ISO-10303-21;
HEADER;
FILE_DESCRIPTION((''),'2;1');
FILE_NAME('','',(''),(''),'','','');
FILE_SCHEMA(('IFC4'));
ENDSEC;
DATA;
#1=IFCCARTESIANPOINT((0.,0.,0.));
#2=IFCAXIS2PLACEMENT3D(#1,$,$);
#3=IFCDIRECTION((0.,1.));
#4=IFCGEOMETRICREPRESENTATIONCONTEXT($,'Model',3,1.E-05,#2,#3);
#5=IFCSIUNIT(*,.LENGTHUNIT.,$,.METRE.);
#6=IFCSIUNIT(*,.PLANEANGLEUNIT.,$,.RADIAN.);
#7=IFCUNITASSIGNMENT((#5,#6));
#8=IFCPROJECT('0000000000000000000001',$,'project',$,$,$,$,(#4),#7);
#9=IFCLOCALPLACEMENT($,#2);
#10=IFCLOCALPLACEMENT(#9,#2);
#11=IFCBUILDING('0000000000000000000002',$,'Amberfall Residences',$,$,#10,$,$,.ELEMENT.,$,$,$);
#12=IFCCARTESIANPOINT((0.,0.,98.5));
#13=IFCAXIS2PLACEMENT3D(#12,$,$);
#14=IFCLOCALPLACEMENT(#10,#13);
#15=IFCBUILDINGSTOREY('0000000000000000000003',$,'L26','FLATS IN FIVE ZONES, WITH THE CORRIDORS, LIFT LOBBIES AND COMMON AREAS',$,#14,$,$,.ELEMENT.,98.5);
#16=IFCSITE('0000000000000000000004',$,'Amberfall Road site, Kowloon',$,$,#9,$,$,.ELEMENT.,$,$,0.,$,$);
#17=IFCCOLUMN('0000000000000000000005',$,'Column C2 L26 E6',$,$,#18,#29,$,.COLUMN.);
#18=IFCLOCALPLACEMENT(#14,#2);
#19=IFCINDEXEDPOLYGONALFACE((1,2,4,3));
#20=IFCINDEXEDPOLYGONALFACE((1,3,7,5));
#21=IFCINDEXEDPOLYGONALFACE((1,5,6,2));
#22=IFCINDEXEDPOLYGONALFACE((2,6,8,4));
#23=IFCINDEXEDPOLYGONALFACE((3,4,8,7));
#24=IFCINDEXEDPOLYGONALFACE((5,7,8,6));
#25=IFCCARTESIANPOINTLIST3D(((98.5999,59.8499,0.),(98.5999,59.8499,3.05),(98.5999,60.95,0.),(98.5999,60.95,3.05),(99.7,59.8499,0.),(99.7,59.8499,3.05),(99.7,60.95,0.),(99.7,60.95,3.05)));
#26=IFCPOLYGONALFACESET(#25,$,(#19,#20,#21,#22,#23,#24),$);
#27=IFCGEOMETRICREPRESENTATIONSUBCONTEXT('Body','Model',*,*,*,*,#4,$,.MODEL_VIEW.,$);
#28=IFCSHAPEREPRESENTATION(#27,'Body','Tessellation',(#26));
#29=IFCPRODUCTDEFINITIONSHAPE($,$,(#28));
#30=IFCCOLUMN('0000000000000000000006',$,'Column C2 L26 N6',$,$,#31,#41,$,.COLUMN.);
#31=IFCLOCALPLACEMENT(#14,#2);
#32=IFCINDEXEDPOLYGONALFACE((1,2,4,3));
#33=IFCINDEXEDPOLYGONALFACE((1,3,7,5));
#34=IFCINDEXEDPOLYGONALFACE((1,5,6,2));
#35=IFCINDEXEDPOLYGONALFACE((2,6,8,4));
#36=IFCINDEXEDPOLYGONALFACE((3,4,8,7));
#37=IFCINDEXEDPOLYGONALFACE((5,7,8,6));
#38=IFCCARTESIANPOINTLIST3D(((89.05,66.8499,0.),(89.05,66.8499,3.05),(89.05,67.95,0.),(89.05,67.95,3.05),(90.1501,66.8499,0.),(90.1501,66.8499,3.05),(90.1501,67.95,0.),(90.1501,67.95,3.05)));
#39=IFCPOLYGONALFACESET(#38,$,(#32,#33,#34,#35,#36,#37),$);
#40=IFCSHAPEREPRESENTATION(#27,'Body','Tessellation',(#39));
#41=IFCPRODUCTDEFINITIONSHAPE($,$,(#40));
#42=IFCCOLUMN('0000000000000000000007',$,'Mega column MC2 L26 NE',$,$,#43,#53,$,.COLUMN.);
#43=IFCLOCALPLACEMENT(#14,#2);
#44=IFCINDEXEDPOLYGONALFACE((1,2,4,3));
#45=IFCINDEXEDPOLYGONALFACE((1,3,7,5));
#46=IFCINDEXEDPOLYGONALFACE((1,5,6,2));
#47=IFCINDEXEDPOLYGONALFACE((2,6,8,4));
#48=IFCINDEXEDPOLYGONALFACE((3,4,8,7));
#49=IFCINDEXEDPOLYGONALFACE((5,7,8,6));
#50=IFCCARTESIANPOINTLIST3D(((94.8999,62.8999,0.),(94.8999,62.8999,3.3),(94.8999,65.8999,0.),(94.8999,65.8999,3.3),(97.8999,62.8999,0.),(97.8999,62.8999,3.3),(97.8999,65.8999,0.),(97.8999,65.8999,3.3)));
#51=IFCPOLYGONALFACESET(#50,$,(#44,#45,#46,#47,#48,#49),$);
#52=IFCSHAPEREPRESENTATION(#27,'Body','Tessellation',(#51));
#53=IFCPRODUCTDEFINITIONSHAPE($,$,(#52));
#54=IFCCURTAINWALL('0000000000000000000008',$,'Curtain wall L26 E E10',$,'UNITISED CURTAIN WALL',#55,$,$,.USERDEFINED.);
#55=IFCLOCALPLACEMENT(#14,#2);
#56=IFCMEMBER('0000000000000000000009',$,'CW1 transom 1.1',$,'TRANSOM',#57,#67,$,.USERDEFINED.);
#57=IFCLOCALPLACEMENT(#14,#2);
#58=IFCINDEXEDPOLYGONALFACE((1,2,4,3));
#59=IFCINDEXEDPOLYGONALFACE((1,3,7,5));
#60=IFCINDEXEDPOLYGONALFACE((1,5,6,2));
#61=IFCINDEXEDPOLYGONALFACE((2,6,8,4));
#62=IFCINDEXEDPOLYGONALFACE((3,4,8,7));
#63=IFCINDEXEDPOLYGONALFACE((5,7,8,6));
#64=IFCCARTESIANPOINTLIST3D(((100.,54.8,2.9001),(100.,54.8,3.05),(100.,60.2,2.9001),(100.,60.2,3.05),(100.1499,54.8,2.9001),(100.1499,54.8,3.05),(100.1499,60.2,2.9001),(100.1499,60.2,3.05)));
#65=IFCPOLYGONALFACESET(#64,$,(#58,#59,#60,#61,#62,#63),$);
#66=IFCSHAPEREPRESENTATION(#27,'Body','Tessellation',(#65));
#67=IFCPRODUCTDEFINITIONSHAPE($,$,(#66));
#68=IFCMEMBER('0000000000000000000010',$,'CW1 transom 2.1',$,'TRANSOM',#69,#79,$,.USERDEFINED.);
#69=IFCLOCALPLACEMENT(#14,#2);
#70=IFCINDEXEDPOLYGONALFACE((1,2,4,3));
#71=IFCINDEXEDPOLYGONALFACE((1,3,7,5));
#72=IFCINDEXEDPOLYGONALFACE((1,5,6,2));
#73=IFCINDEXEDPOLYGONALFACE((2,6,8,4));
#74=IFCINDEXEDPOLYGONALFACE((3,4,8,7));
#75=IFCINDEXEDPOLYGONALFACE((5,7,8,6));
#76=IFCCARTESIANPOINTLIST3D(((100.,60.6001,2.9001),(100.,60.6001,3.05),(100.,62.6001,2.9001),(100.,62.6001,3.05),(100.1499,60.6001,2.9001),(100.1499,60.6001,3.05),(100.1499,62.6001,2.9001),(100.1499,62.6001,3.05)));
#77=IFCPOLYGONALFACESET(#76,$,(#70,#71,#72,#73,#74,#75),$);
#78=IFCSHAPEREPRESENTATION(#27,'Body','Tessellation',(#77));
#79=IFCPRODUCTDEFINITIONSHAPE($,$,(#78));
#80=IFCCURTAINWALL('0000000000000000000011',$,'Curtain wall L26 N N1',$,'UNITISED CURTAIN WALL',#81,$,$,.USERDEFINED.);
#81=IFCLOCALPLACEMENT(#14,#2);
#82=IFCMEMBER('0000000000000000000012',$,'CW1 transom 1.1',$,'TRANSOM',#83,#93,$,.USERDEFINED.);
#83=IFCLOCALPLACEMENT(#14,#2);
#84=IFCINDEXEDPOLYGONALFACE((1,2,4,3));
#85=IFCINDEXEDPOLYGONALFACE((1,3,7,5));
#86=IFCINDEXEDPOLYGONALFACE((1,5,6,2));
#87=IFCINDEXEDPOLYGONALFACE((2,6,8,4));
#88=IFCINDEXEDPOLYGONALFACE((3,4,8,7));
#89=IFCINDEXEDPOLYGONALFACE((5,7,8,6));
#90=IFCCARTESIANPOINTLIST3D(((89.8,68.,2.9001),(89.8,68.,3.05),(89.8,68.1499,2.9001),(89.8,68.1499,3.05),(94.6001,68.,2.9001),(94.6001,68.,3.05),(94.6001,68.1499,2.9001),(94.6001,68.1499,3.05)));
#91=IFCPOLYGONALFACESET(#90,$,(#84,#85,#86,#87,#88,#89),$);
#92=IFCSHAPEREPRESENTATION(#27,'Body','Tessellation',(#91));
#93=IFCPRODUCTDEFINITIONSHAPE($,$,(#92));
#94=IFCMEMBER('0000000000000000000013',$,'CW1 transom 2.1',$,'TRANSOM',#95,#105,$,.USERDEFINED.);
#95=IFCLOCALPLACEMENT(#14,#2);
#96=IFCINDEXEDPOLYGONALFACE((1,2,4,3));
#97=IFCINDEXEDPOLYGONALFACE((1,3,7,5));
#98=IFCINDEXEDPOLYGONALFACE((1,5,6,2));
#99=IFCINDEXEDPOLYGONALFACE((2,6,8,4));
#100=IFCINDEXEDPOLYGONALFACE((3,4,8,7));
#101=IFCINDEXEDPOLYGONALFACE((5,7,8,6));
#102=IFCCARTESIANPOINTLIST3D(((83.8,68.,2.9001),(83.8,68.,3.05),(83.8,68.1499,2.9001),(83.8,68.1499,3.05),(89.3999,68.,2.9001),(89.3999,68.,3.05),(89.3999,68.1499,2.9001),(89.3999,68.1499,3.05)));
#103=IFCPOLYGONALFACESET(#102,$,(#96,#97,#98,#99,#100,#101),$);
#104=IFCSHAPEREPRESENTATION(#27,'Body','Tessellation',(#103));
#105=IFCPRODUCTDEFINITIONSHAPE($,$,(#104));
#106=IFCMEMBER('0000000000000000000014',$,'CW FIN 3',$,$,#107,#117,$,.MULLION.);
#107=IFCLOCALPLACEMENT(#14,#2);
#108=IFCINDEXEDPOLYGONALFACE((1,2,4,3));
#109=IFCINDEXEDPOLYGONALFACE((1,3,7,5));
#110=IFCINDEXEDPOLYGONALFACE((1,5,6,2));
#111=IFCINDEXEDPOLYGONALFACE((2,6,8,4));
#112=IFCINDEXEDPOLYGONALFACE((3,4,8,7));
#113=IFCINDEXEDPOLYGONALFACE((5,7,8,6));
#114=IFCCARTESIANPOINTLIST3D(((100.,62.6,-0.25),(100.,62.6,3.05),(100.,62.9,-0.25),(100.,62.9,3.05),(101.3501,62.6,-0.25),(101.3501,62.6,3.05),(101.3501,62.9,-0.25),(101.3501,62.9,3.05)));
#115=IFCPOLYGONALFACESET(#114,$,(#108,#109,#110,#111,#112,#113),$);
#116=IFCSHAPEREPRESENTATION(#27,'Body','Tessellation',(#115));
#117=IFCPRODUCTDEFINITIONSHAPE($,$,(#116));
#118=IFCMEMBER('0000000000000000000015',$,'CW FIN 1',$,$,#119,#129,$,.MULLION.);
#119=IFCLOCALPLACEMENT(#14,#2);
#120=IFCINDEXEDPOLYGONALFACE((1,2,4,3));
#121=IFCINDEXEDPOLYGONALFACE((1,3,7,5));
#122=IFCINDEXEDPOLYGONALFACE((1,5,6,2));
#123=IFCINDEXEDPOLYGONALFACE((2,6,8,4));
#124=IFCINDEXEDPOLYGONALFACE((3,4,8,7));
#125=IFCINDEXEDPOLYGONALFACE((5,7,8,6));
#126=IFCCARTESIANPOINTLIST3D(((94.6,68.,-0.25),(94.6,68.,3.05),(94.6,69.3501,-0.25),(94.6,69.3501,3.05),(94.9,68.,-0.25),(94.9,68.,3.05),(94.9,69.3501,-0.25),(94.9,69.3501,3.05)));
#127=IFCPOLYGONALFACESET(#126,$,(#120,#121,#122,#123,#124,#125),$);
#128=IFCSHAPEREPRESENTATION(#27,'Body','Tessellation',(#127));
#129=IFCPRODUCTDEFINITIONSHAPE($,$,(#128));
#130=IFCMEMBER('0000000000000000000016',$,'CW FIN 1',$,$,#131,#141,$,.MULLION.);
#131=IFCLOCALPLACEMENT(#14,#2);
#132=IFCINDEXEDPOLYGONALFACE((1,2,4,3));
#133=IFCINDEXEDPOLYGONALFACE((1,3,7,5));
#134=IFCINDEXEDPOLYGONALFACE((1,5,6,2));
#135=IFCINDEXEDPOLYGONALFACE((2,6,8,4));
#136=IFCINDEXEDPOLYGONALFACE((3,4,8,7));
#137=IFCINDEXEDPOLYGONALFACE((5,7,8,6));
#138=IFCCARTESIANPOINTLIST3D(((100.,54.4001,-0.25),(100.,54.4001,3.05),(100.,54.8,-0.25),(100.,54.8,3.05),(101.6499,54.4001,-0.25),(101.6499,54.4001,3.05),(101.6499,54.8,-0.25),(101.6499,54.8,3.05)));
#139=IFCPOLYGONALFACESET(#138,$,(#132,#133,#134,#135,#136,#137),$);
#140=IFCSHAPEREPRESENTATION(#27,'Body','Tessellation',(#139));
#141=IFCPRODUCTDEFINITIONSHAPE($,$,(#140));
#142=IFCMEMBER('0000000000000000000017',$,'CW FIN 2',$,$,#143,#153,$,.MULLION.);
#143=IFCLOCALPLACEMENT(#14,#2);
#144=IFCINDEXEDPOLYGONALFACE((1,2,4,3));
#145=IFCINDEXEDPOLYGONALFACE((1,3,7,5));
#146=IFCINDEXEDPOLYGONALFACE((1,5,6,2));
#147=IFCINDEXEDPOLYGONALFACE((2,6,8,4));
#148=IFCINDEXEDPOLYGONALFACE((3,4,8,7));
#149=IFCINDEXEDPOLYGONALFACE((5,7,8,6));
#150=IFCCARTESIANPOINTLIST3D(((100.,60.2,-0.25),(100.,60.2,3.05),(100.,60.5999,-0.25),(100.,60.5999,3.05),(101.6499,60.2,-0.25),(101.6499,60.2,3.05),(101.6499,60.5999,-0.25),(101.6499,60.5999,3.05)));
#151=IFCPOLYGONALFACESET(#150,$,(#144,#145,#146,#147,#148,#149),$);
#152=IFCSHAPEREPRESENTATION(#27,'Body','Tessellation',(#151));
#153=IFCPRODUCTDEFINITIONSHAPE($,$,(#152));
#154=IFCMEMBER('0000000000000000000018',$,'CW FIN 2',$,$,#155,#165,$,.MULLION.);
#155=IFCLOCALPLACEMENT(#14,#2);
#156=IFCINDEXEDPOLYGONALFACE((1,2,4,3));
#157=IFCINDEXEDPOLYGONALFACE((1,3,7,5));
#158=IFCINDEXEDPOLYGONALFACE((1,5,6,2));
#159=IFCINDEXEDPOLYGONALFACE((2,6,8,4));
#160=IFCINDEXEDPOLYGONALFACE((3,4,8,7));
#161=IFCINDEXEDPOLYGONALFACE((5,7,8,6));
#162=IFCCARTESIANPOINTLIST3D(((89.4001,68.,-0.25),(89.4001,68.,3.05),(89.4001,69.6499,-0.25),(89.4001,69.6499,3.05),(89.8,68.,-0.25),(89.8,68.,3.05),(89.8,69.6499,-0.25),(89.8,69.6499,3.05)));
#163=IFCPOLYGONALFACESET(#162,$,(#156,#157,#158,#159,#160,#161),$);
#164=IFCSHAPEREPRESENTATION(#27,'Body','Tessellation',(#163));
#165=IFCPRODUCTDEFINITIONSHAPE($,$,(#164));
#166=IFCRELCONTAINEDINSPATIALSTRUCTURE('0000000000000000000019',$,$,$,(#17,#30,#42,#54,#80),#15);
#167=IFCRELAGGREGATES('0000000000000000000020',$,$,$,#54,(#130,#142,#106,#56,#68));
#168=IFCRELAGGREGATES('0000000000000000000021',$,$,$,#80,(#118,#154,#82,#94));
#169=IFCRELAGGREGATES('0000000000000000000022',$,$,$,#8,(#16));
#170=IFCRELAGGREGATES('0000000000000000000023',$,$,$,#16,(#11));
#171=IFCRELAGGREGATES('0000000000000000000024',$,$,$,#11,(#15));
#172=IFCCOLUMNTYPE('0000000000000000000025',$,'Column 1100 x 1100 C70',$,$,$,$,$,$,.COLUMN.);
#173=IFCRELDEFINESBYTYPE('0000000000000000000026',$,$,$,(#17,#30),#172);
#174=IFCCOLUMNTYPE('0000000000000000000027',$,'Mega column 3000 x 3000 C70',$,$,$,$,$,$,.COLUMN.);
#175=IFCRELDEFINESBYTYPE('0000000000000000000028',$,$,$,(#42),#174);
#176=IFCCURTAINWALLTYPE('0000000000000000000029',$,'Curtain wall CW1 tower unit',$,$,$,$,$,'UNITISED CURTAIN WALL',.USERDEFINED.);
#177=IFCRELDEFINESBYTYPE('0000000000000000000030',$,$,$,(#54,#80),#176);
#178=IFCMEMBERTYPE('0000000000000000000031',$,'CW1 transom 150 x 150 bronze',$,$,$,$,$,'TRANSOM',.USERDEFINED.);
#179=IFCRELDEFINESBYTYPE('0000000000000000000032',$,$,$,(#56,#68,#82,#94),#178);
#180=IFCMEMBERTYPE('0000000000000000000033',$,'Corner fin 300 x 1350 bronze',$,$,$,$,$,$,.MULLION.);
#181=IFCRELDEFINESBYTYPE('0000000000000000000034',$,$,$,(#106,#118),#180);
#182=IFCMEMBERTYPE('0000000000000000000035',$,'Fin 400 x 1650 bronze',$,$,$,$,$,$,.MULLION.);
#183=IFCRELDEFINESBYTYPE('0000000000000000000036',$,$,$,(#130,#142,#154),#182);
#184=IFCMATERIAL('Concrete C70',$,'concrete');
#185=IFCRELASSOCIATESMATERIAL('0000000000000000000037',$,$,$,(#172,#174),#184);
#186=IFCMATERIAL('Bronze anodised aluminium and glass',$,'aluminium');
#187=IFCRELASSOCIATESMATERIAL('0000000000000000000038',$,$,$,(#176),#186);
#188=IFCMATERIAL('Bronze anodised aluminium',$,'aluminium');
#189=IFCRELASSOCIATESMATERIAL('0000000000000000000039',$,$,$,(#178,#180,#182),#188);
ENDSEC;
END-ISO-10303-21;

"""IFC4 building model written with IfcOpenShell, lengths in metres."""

from ifc_helpers import new_model, si_unit, direction, frame, origin, origin_2d, place, context, subcontext, project, spatial, rectangle, extrude, material, material_profile, profile_set, type_object, element, aggregate, save


model = new_model("IFC4")

# Units and contexts
model_context = context("Model", 3, precision=1e-05, world=origin(), true_north=direction((0.0, 1.0)))
body_context = subcontext(model_context, "Body", "Model", "MODEL_VIEW")
ifc_project = project(units=[si_unit("LENGTHUNIT", "METRE"), si_unit("PLANEANGLEUNIT", "RADIAN")], contexts=[model_context])

# Site, building, storey
site_placement = place(None, origin())
site = spatial("IfcSite", under=ifc_project, at=site_placement, Name="Amberfall Road site, Kowloon", CompositionType="ELEMENT", RefElevation=0.0)
building_placement = place(site_placement, origin())
building = spatial("IfcBuilding", under=site, at=building_placement, Name="Amberfall Residences", CompositionType="ELEMENT")
storey_placement = place(building_placement, frame((0.0, 0.0, 98.5)))
storey = spatial("IfcBuildingStorey", under=building, at=storey_placement, Name="L26", Description="FLATS IN FIVE ZONES, WITH THE CORRIDORS, LIFT LOBBIES AND COMMON AREAS", CompositionType="ELEMENT", Elevation=98.5)

# Columns
ifc_material_1 = material(Name="Concrete C70", Category="concrete")
ifc_material_profile_1 = material_profile(ifc_material_1, rectangle(XDim=1.1001, YDim=1.1001, at=origin_2d()), Name="Column 1100 x 1100 C70")
ifc_profile_set_1 = profile_set([ifc_material_profile_1], Name="Concrete C70")
column_type_1 = type_object("IfcColumnType", Name="Column 1100 x 1100 C70", PredefinedType="COLUMN", material=ifc_profile_set_1)
for number, where, z_axis, x_axis, name in (
    (1, (99.1499, 60.3999, 0.0), (0.0, 0.0, 1.0), (1.0, 0.0, 0.0), "Column C2 L26 E6"),
    (2, (89.6001, 67.3999, 0.0), (0.0, 0.0, 1.0), (1.0, 0.0, 0.0), "Column C2 L26 N6"),
):
    element("IfcColumn", number, at=place(storey_placement, frame(where, z_axis=z_axis, x_axis=x_axis)), inside=storey, type_object=column_type_1, Name=name, PredefinedType="COLUMN", context=body_context, shape_type="SweptSolid", body=[
        extrude(rectangle(XDim=1.1001, YDim=1.1001, at=origin_2d()), origin(), (0.0, 0.0, 1.0), 3.05),
    ])
ifc_material_profile_2 = material_profile(ifc_material_1, rectangle(XDim=3.0, YDim=3.0, at=origin_2d()), Name="Mega column 3000 x 3000 C70")
ifc_profile_set_2 = profile_set([ifc_material_profile_2], Name="Concrete C70")
column_type_2 = type_object("IfcColumnType", Name="Mega column 3000 x 3000 C70", PredefinedType="COLUMN", material=ifc_profile_set_2)
column_placement = place(storey_placement, frame((96.3999, 64.3999, 0.0), z_axis=(0.0, 0.0, 1.0), x_axis=(1.0, 0.0, 0.0)))
element("IfcColumn", 3, at=column_placement, inside=storey, type_object=column_type_2, Name="Mega column MC2 L26 NE", PredefinedType="COLUMN", context=body_context, shape_type="SweptSolid", body=[
    extrude(rectangle(XDim=3.0, YDim=3.0, at=origin_2d()), origin(), (0.0, 0.0, 1.0), 3.3),
])

# Curtain walls, members
ifc_material_2 = material(Name="Bronze anodised aluminium and glass", Category="aluminium")
curtain_wall_type = type_object("IfcCurtainWallType", Name="Curtain wall CW1 tower unit", ElementType="UNITISED CURTAIN WALL", PredefinedType="USERDEFINED", material=ifc_material_2)
curtain_wall_1_placement = place(storey_placement, origin())
curtain_wall_1 = element("IfcCurtainWall", 4, at=curtain_wall_1_placement, inside=storey, type_object=curtain_wall_type, Name="Curtain wall L26 E E10", ObjectType="UNITISED CURTAIN WALL", PredefinedType="USERDEFINED")
ifc_material_3 = material(Name="Bronze anodised aluminium", Category="aluminium")
ifc_material_profile_3 = material_profile(ifc_material_3, rectangle(XDim=0.1499, YDim=0.1499, at=origin_2d()), Name="CW1 transom 150 x 150 bronze")
ifc_profile_set_3 = profile_set([ifc_material_profile_3], Name="Bronze anodised aluminium")
member_type_1 = type_object("IfcMemberType", Name="CW1 transom 150 x 150 bronze", ElementType="TRANSOM", PredefinedType="USERDEFINED", material=ifc_profile_set_3)
member_1_placement = place(storey_placement, frame((100.075, 54.8, 2.9751), z_axis=(0.0, 1.0, 0.0), x_axis=(-1.0, 0.0, 0.0)))
member_1 = element("IfcMember", 5, at=member_1_placement, type_object=member_type_1, Name="CW1 transom 1.1", ObjectType="TRANSOM", PredefinedType="USERDEFINED", context=body_context, shape_type="SweptSolid", body=[
    extrude(rectangle(XDim=0.1499, YDim=0.1499, at=origin_2d()), origin(), (0.0, 0.0, 1.0), 5.3999),
])
member_2_placement = place(storey_placement, frame((100.075, 60.6001, 2.9751), z_axis=(0.0, 1.0, 0.0), x_axis=(-1.0, 0.0, 0.0)))
member_2 = element("IfcMember", 6, at=member_2_placement, type_object=member_type_1, Name="CW1 transom 2.1", ObjectType="TRANSOM", PredefinedType="USERDEFINED", context=body_context, shape_type="SweptSolid", body=[
    extrude(rectangle(XDim=0.1499, YDim=0.1499, at=origin_2d()), origin(), (0.0, 0.0, 1.0), 2.0),
])
curtain_wall_2_placement = place(storey_placement, origin())
curtain_wall_2 = element("IfcCurtainWall", 7, at=curtain_wall_2_placement, inside=storey, type_object=curtain_wall_type, Name="Curtain wall L26 N N1", ObjectType="UNITISED CURTAIN WALL", PredefinedType="USERDEFINED")
member_3_placement = place(storey_placement, frame((94.6001, 68.075, 2.9751), z_axis=(-1.0, 0.0, 0.0), x_axis=(0.0, -1.0, 0.0)))
member_3 = element("IfcMember", 8, at=member_3_placement, type_object=member_type_1, Name="CW1 transom 1.1", ObjectType="TRANSOM", PredefinedType="USERDEFINED", context=body_context, shape_type="SweptSolid", body=[
    extrude(rectangle(XDim=0.1499, YDim=0.1499, at=origin_2d()), origin(), (0.0, 0.0, 1.0), 4.8),
])
member_4_placement = place(storey_placement, frame((89.3999, 68.075, 2.9751), z_axis=(-1.0, 0.0, 0.0), x_axis=(0.0, -1.0, 0.0)))
member_4 = element("IfcMember", 9, at=member_4_placement, type_object=member_type_1, Name="CW1 transom 2.1", ObjectType="TRANSOM", PredefinedType="USERDEFINED", context=body_context, shape_type="SweptSolid", body=[
    extrude(rectangle(XDim=0.1499, YDim=0.1499, at=origin_2d()), origin(), (0.0, 0.0, 1.0), 5.5999),
])

# Members
ifc_material_profile_4 = material_profile(ifc_material_3, rectangle(XDim=1.3501, YDim=0.3, at=origin_2d()), Name="Corner fin 300 x 1350 bronze")
ifc_profile_set_4 = profile_set([ifc_material_profile_4], Name="Bronze anodised aluminium")
member_type_2 = type_object("IfcMemberType", Name="Corner fin 300 x 1350 bronze", PredefinedType="MULLION", material=ifc_profile_set_4)
member_5_placement = place(storey_placement, frame((100.675, 62.75, -0.25), z_axis=(0.0, 0.0, 1.0), x_axis=(-1.0, 0.0, 0.0)))
member_5 = element("IfcMember", 10, at=member_5_placement, type_object=member_type_2, Name="CW FIN 3", PredefinedType="MULLION", context=body_context, shape_type="SweptSolid", body=[
    extrude(rectangle(XDim=1.3501, YDim=0.3, at=origin_2d()), origin(), (0.0, 0.0, 1.0), 3.3),
])
member_6_placement = place(storey_placement, frame((94.75, 68.675, -0.25), z_axis=(0.0, 0.0, 1.0), x_axis=(0.0, -1.0, 0.0)))
member_6 = element("IfcMember", 11, at=member_6_placement, type_object=member_type_2, Name="CW FIN 1", PredefinedType="MULLION", context=body_context, shape_type="SweptSolid", body=[
    extrude(rectangle(XDim=1.3501, YDim=0.3, at=origin_2d()), origin(), (0.0, 0.0, 1.0), 3.3),
])
ifc_material_profile_5 = material_profile(ifc_material_3, rectangle(XDim=1.6499, YDim=0.3999, at=origin_2d()), Name="Fin 400 x 1650 bronze")
ifc_profile_set_5 = profile_set([ifc_material_profile_5], Name="Bronze anodised aluminium")
member_type_3 = type_object("IfcMemberType", Name="Fin 400 x 1650 bronze", PredefinedType="MULLION", material=ifc_profile_set_5)
member_7_placement = place(storey_placement, frame((100.825, 54.6001, -0.25), z_axis=(0.0, 0.0, 1.0), x_axis=(-1.0, 0.0, 0.0)))
member_7 = element("IfcMember", 12, at=member_7_placement, type_object=member_type_3, Name="CW FIN 1", PredefinedType="MULLION", context=body_context, shape_type="SweptSolid", body=[
    extrude(rectangle(XDim=1.6499, YDim=0.3999, at=origin_2d()), origin(), (0.0, 0.0, 1.0), 3.3),
])
member_8_placement = place(storey_placement, frame((100.825, 60.3999, -0.25), z_axis=(0.0, 0.0, 1.0), x_axis=(-1.0, 0.0, 0.0)))
member_8 = element("IfcMember", 13, at=member_8_placement, type_object=member_type_3, Name="CW FIN 2", PredefinedType="MULLION", context=body_context, shape_type="SweptSolid", body=[
    extrude(rectangle(XDim=1.6499, YDim=0.3999, at=origin_2d()), origin(), (0.0, 0.0, 1.0), 3.3),
])
member_9_placement = place(storey_placement, frame((89.6001, 68.825, -0.25), z_axis=(0.0, 0.0, 1.0), x_axis=(0.0, -1.0, 0.0)))
member_9 = element("IfcMember", 14, at=member_9_placement, type_object=member_type_3, Name="CW FIN 2", PredefinedType="MULLION", context=body_context, shape_type="SweptSolid", body=[
    extrude(rectangle(XDim=1.6499, YDim=0.3999, at=origin_2d()), origin(), (0.0, 0.0, 1.0), 3.3),
])

aggregate(curtain_wall_1, [member_7, member_8, member_5, member_1, member_2])
aggregate(curtain_wall_2, [member_6, member_9, member_3, member_4])

save(model, "model.ifc")
